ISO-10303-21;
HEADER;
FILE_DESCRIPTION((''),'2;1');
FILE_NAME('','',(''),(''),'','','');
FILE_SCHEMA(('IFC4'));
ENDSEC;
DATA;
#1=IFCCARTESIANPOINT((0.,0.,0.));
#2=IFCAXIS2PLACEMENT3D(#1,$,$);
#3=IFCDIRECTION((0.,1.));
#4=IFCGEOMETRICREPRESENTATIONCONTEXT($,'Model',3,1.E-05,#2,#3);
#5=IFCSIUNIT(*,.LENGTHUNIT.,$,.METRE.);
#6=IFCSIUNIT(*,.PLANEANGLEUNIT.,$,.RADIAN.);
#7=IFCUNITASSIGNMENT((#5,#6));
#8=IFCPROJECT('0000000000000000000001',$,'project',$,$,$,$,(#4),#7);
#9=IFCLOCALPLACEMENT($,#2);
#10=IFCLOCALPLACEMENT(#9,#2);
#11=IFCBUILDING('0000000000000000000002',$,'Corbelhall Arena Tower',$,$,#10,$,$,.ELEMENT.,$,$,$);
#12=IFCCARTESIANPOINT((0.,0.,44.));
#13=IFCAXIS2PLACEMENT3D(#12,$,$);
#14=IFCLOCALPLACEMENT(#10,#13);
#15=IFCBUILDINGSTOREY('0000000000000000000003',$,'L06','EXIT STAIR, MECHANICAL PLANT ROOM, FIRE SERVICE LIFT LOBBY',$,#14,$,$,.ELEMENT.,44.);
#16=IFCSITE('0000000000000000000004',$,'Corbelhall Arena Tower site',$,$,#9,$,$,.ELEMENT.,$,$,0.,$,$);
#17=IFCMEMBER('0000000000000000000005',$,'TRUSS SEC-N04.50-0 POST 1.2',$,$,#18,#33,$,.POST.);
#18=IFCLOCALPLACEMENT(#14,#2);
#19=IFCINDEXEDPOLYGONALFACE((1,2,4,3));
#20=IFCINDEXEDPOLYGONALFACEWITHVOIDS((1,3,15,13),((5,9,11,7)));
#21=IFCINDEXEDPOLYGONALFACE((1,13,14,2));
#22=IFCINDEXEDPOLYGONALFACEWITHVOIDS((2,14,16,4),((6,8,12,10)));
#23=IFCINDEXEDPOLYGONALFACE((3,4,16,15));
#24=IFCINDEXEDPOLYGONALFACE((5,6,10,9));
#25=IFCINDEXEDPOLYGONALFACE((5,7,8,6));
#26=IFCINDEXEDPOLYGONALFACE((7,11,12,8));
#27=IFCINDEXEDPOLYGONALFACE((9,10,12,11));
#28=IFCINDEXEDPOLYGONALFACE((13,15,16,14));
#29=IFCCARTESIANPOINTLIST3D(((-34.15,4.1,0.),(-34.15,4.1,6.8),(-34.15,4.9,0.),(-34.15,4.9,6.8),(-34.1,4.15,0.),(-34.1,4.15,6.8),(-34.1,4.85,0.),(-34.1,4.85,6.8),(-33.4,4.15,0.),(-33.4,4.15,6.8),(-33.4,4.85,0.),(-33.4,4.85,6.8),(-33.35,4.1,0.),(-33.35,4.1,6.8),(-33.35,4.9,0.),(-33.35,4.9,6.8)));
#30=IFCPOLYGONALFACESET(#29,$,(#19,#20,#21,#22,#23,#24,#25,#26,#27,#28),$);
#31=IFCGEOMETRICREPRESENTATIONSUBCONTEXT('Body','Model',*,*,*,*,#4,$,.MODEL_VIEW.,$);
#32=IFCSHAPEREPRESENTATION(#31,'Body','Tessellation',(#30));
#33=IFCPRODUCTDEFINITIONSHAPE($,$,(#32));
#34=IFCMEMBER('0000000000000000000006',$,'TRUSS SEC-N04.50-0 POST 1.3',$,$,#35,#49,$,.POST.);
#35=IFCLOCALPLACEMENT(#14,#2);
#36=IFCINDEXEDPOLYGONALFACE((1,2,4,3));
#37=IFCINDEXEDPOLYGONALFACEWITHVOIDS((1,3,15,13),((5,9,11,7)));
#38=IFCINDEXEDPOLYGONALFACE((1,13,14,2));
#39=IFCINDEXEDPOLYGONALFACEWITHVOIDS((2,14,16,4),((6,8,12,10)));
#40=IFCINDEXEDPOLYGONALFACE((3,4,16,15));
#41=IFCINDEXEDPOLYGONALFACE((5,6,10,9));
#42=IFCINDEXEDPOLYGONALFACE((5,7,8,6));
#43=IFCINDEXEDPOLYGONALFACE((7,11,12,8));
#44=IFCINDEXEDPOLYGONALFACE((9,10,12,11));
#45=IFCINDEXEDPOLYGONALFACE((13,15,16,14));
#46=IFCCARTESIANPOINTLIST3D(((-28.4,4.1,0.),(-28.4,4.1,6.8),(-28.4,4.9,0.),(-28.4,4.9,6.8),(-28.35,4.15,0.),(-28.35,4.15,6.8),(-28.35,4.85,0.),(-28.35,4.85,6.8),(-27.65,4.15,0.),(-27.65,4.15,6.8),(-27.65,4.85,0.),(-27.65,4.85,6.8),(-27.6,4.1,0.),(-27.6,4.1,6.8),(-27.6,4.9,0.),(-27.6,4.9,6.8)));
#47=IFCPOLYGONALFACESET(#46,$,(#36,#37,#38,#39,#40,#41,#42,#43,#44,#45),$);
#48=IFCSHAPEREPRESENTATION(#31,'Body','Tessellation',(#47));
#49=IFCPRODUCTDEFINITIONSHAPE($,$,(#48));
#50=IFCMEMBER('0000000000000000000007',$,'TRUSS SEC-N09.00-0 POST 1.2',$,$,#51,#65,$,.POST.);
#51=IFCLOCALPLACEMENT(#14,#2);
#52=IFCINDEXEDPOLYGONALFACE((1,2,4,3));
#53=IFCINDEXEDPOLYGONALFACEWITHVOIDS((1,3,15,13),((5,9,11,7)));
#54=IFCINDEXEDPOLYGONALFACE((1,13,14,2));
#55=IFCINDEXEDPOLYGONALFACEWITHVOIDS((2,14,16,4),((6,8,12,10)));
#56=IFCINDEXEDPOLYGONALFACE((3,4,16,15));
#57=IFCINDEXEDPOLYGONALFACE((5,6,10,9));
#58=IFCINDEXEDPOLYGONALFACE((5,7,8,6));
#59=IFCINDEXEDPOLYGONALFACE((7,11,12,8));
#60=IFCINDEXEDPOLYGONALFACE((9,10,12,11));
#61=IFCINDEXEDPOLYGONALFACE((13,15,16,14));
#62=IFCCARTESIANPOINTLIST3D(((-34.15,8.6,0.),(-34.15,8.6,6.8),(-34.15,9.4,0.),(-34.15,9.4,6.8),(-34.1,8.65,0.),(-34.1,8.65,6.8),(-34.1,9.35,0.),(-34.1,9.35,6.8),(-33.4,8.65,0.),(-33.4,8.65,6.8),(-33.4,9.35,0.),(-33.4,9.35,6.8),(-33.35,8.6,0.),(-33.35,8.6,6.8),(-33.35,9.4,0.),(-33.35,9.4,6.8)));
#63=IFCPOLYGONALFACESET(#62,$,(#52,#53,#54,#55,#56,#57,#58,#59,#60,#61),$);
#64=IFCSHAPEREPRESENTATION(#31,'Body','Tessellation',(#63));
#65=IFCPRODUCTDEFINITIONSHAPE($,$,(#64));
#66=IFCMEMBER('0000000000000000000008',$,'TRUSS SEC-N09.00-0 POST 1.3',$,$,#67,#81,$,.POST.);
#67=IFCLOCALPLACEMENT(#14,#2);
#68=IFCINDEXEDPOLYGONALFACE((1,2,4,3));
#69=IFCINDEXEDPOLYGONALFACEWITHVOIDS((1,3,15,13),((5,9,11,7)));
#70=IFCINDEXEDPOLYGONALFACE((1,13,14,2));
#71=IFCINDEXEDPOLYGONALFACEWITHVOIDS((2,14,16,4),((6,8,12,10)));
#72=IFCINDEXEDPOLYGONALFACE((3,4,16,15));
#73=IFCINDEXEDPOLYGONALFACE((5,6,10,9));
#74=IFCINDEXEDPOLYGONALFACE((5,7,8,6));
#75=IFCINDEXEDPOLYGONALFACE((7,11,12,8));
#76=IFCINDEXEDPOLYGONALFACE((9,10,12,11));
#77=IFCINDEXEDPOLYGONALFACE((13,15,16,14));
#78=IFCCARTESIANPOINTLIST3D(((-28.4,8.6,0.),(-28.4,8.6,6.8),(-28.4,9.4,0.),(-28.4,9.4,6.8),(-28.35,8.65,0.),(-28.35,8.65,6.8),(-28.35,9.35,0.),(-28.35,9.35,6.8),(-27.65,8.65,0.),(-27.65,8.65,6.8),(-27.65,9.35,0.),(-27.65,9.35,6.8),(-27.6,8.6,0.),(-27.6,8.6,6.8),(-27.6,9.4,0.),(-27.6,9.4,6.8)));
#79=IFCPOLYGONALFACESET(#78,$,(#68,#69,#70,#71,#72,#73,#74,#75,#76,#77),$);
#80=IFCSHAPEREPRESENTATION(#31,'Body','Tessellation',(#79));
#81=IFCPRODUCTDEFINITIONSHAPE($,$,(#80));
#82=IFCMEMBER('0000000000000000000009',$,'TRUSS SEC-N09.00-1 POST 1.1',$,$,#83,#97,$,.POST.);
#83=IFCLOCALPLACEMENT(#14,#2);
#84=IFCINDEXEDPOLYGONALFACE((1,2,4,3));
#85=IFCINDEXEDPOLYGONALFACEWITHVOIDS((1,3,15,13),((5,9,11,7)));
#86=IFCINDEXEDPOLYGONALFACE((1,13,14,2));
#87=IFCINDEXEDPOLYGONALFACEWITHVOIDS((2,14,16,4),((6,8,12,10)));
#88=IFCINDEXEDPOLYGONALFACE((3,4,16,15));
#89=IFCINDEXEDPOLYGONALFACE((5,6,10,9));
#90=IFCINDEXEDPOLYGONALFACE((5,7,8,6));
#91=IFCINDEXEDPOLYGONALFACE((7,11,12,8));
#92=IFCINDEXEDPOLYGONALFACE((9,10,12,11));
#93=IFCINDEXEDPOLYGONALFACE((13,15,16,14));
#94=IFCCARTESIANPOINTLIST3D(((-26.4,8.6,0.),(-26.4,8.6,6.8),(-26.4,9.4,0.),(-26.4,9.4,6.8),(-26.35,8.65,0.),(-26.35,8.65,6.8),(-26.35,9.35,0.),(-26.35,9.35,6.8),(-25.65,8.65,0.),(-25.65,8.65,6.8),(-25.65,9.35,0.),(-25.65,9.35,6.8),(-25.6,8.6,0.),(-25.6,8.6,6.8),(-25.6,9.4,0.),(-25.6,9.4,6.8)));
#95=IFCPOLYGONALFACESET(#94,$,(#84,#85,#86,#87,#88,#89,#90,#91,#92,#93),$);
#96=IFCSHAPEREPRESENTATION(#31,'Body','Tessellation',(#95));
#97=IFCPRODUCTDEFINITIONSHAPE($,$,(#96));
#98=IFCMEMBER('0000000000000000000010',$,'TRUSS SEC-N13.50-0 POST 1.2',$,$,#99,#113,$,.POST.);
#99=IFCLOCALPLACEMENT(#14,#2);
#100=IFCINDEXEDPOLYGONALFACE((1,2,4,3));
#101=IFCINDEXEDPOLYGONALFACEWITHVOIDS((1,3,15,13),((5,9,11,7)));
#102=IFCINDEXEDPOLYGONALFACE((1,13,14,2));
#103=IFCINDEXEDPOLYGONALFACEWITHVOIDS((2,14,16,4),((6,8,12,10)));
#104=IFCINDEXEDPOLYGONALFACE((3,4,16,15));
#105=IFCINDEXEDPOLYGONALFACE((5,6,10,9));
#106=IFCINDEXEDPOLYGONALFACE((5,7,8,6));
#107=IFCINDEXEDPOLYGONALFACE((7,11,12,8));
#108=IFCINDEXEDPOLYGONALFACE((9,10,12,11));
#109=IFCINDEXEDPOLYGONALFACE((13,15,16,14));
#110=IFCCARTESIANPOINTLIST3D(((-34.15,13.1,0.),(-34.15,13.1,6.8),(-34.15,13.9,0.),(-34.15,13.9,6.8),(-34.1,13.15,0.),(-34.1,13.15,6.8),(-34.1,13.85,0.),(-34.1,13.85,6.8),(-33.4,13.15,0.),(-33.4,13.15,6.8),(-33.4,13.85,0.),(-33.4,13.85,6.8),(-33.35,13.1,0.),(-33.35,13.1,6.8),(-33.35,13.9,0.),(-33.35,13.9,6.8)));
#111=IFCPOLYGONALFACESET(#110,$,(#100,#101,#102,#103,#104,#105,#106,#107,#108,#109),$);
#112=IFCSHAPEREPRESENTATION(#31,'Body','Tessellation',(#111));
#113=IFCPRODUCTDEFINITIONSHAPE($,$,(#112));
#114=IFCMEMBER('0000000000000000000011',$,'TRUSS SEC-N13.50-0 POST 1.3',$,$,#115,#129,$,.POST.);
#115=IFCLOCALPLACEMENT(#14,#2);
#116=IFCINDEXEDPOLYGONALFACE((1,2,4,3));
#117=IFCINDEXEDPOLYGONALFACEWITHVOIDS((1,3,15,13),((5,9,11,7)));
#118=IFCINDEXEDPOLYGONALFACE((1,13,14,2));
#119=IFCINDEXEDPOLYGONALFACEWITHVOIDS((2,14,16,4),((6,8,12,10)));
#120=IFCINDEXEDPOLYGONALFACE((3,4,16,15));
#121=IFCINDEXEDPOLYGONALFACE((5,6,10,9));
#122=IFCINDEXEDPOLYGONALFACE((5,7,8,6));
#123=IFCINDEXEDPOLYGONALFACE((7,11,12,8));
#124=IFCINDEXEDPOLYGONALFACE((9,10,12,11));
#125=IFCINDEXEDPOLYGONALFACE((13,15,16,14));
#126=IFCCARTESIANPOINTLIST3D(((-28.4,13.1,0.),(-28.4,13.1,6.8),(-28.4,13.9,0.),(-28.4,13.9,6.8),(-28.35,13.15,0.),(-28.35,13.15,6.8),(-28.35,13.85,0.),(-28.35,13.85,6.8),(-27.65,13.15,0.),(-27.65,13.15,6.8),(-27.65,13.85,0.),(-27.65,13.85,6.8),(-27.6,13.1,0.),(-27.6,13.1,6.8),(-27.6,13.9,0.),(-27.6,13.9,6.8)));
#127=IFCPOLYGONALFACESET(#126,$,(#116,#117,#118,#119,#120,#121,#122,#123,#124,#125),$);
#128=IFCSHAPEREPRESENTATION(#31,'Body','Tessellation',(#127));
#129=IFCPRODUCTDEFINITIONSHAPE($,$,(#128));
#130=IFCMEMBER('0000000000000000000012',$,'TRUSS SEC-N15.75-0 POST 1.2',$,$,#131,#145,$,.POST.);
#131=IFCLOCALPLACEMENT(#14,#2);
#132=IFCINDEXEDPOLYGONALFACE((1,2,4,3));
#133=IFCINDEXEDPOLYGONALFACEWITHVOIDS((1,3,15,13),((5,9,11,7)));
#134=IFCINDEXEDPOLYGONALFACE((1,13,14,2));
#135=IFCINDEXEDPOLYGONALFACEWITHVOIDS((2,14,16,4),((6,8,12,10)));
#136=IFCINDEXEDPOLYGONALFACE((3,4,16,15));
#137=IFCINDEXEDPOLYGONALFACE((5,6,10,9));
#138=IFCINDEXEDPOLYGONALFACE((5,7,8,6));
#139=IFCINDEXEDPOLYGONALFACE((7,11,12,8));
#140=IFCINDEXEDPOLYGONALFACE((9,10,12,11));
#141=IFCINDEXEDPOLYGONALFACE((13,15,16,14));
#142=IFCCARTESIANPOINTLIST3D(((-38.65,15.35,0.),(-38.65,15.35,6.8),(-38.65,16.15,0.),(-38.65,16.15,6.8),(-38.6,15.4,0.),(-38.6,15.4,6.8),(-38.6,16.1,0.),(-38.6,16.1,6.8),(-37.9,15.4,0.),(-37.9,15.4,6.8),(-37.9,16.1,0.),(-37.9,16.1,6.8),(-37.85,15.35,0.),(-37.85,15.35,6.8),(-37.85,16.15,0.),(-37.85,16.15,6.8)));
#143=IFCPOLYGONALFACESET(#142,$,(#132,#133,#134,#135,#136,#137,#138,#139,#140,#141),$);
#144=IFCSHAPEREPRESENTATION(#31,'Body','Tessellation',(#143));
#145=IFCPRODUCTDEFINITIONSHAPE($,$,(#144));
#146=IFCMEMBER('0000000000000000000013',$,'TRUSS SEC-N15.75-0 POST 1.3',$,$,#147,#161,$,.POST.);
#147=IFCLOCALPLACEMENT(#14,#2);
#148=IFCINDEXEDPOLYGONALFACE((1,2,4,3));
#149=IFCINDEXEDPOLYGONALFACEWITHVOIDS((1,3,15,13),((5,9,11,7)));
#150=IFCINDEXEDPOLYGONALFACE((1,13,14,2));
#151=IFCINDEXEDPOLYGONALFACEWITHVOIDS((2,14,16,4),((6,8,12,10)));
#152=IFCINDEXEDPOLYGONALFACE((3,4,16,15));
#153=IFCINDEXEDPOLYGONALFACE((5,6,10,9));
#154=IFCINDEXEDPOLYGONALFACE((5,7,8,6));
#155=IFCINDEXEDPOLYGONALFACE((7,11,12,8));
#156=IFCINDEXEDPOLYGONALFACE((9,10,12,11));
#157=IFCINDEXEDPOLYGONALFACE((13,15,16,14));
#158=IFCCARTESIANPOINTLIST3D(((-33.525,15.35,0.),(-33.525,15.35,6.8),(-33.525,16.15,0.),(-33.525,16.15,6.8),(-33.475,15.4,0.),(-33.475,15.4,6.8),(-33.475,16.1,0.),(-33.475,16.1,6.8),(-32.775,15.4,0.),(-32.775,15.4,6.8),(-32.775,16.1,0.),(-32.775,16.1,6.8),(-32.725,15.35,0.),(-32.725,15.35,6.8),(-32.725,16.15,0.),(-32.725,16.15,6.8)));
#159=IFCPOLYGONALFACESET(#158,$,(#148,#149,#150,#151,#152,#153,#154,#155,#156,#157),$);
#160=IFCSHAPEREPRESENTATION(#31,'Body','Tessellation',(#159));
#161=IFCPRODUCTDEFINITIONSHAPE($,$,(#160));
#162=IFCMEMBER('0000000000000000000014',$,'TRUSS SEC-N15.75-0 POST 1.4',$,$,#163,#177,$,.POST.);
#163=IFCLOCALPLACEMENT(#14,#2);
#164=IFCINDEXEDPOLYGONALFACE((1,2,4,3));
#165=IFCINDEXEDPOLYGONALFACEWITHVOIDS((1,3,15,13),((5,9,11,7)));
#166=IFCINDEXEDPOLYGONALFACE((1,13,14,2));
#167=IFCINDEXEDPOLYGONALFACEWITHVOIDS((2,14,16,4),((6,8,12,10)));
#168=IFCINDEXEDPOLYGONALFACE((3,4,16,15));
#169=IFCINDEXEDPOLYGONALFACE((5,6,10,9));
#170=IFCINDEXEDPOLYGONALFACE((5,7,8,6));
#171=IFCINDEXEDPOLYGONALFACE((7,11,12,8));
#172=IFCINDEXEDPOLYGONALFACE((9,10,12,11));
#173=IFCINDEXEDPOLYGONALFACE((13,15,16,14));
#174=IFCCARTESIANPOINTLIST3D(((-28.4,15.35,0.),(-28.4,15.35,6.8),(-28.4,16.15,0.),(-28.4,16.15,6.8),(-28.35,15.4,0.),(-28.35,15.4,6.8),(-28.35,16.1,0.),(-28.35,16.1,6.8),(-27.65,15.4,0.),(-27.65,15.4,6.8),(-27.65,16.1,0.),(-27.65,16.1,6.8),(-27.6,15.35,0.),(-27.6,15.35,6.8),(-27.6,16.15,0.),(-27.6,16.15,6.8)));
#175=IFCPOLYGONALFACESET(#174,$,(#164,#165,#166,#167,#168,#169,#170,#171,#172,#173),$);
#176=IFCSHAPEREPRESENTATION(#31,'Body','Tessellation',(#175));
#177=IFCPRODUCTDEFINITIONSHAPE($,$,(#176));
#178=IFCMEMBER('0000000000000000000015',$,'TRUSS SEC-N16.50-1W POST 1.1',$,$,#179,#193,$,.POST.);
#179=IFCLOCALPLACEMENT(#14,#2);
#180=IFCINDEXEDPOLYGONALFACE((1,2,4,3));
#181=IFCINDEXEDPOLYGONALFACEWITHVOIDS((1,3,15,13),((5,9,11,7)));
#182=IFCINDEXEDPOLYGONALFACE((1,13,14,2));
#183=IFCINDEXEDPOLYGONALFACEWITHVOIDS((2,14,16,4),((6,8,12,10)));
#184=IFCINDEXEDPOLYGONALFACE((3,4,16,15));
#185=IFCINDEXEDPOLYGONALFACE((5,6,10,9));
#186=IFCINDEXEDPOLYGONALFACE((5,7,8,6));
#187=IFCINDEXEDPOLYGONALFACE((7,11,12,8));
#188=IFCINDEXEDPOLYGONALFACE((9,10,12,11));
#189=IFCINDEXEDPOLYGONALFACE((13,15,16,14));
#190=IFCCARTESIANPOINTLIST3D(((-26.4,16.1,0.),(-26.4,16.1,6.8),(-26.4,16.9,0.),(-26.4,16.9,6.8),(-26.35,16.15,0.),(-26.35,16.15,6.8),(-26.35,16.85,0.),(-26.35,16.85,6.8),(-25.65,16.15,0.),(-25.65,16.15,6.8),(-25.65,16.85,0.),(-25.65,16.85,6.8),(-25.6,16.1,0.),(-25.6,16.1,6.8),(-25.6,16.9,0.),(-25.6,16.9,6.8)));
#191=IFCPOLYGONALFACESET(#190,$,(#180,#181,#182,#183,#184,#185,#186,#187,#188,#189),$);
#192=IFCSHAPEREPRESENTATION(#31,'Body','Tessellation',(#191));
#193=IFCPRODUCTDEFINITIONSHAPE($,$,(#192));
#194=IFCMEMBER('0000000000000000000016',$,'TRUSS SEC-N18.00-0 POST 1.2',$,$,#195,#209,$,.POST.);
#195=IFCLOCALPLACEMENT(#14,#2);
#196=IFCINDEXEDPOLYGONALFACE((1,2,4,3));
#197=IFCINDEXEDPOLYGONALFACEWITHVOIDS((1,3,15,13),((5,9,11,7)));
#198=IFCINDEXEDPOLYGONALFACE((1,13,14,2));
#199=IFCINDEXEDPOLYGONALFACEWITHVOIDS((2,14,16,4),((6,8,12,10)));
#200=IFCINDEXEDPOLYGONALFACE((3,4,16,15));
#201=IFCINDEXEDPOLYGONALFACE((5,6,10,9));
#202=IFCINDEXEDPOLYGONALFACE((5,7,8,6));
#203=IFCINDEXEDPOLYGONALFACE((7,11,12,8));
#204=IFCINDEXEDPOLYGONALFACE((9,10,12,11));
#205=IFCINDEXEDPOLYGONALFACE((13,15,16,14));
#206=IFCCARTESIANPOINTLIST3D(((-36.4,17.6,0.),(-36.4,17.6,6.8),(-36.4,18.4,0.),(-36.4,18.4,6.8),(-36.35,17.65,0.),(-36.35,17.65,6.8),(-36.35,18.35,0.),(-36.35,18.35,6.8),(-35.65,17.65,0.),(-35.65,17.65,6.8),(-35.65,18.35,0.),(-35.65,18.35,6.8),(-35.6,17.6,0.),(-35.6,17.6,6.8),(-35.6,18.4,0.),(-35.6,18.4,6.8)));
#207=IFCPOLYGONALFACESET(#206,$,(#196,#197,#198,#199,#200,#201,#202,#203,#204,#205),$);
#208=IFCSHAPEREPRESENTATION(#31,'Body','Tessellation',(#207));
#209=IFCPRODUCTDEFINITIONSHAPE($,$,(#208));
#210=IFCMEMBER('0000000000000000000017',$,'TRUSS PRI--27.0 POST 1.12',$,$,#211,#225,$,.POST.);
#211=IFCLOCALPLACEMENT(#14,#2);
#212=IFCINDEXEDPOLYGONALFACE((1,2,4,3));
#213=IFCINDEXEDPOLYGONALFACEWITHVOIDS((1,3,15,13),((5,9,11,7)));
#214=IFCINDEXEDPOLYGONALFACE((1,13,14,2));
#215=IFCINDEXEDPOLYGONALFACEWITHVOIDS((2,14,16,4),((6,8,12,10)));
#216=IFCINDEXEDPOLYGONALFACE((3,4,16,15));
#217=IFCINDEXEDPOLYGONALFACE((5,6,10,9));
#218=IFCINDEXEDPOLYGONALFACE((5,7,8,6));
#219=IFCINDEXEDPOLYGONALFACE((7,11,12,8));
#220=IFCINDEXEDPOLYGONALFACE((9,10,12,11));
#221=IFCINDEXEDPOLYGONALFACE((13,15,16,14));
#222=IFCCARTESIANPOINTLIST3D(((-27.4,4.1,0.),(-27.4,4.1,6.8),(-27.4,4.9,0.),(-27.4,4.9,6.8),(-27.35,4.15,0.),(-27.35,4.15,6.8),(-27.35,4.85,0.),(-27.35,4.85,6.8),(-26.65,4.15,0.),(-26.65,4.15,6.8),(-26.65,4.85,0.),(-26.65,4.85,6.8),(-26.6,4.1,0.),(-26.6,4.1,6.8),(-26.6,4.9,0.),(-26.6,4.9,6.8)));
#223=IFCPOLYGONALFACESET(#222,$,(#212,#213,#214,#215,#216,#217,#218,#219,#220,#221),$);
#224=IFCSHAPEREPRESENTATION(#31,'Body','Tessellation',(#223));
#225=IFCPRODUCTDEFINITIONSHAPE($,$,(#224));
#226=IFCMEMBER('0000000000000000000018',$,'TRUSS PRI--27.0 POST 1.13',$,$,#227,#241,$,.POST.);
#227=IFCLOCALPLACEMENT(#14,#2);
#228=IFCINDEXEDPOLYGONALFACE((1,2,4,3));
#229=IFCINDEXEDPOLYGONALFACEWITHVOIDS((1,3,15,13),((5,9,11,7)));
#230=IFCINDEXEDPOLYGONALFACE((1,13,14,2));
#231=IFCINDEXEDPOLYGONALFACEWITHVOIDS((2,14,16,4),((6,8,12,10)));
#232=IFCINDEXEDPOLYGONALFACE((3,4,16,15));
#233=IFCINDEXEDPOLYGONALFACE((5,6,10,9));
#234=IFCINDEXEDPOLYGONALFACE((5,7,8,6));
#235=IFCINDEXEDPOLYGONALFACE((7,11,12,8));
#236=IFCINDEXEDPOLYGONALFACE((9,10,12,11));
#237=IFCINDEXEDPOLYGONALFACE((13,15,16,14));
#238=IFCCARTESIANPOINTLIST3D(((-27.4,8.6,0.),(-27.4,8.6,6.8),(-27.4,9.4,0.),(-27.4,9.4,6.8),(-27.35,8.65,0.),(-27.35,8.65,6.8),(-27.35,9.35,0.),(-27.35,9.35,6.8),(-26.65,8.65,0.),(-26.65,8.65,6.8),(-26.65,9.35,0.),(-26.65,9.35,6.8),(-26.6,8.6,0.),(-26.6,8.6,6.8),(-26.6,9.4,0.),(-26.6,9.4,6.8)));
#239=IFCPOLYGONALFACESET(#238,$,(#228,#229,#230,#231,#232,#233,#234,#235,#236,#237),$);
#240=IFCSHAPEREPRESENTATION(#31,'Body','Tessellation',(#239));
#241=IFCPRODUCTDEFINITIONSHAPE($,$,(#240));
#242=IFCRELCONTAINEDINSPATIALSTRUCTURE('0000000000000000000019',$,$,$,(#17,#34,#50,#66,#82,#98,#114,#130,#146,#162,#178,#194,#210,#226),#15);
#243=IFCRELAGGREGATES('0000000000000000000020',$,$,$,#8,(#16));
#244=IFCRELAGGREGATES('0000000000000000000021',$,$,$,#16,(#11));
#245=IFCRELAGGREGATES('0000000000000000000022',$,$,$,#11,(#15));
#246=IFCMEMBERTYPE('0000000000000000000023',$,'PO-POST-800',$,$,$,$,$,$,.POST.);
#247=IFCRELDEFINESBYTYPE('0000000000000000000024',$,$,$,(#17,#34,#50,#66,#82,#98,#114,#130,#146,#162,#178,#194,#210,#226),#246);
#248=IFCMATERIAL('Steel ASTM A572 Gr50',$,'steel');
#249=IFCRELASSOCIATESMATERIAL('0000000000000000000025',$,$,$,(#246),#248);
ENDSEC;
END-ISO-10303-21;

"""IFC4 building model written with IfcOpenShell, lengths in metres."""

from ifc_helpers import new_model, si_unit, direction, frame, origin, origin_2d, place, context, subcontext, project, spatial, hollow_rectangle, extrude, material, material_profile, profile_set, type_object, element, save


model = new_model("IFC4")

# Units and contexts
model_context = context("Model", 3, precision=1e-05, world=origin(), true_north=direction((0.0, 1.0)))
body_context = subcontext(model_context, "Body", "Model", "MODEL_VIEW")
ifc_project = project(units=[si_unit("LENGTHUNIT", "METRE"), si_unit("PLANEANGLEUNIT", "RADIAN")], contexts=[model_context])

# Site, building, storey
site_placement = place(None, origin())
site = spatial("IfcSite", under=ifc_project, at=site_placement, Name="Corbelhall Arena Tower site", CompositionType="ELEMENT", RefElevation=0.0)
building_placement = place(site_placement, origin())
building = spatial("IfcBuilding", under=site, at=building_placement, Name="Corbelhall Arena Tower", CompositionType="ELEMENT")
storey_placement = place(building_placement, frame((0.0, 0.0, 44.0)))
storey = spatial("IfcBuildingStorey", under=building, at=storey_placement, Name="L06", Description="EXIT STAIR, MECHANICAL PLANT ROOM, FIRE SERVICE LIFT LOBBY", CompositionType="ELEMENT", Elevation=44.0)

# Members
ifc_material = material(Name="Steel ASTM A572 Gr50", Category="steel")
ifc_material_profile_1 = material_profile(ifc_material, hollow_rectangle(XDim=0.8, YDim=0.8, WallThickness=0.05, at=origin_2d()))
ifc_profile_set_1 = profile_set([ifc_material_profile_1], Name="Steel ASTM A572 Gr50")
member_type_1 = type_object("IfcMemberType", Name="PO-POST-800", PredefinedType="POST", material=ifc_profile_set_1)
for number, where, z_axis, x_axis, name in (
    (1, (-33.75, 4.5, 0.0), (0.0, 0.0, 1.0), (1.0, 0.0, 0.0), "TRUSS SEC-N04.50-0 POST 1.2"),
    (2, (-28.0, 4.5, 0.0), (0.0, 0.0, 1.0), (1.0, 0.0, 0.0), "TRUSS SEC-N04.50-0 POST 1.3"),
    (3, (-33.75, 9.0, 0.0), (0.0, 0.0, 1.0), (1.0, 0.0, 0.0), "TRUSS SEC-N09.00-0 POST 1.2"),
    (4, (-28.0, 9.0, 0.0), (0.0, 0.0, 1.0), (1.0, 0.0, 0.0), "TRUSS SEC-N09.00-0 POST 1.3"),
    (5, (-26.0, 9.0, 0.0), (0.0, 0.0, 1.0), (1.0, 0.0, 0.0), "TRUSS SEC-N09.00-1 POST 1.1"),
    (6, (-33.75, 13.5, 0.0), (0.0, 0.0, 1.0), (1.0, 0.0, 0.0), "TRUSS SEC-N13.50-0 POST 1.2"),
    (7, (-28.0, 13.5, 0.0), (0.0, 0.0, 1.0), (1.0, 0.0, 0.0), "TRUSS SEC-N13.50-0 POST 1.3"),
    (8, (-38.25, 15.75, 0.0), (0.0, 0.0, 1.0), (1.0, 0.0, 0.0), "TRUSS SEC-N15.75-0 POST 1.2"),
    (9, (-33.125, 15.75, 0.0), (0.0, 0.0, 1.0), (1.0, 0.0, 0.0), "TRUSS SEC-N15.75-0 POST 1.3"),
    (10, (-28.0, 15.75, 0.0), (0.0, 0.0, 1.0), (1.0, 0.0, 0.0), "TRUSS SEC-N15.75-0 POST 1.4"),
    (11, (-26.0, 16.5, 0.0), (0.0, 0.0, 1.0), (1.0, 0.0, 0.0), "TRUSS SEC-N16.50-1W POST 1.1"),
    (12, (-36.0, 18.0, 0.0), (0.0, 0.0, 1.0), (1.0, 0.0, 0.0), "TRUSS SEC-N18.00-0 POST 1.2"),
    (13, (-27.0, 4.5, 0.0), (0.0, 0.0, 1.0), (1.0, 0.0, 0.0), "TRUSS PRI--27.0 POST 1.12"),
    (14, (-27.0, 9.0, 0.0), (0.0, 0.0, 1.0), (1.0, 0.0, 0.0), "TRUSS PRI--27.0 POST 1.13"),
):
    element("IfcMember", number, at=place(storey_placement, frame(where, z_axis=z_axis, x_axis=x_axis)), inside=storey, type_object=member_type_1, Name=name, PredefinedType="POST", context=body_context, shape_type="SweptSolid", body=[
        extrude(hollow_rectangle(XDim=0.8, YDim=0.8, WallThickness=0.05, at=origin_2d()), origin(), (0.0, 0.0, 1.0), 6.8),
    ])

save(model, "model.ifc")
